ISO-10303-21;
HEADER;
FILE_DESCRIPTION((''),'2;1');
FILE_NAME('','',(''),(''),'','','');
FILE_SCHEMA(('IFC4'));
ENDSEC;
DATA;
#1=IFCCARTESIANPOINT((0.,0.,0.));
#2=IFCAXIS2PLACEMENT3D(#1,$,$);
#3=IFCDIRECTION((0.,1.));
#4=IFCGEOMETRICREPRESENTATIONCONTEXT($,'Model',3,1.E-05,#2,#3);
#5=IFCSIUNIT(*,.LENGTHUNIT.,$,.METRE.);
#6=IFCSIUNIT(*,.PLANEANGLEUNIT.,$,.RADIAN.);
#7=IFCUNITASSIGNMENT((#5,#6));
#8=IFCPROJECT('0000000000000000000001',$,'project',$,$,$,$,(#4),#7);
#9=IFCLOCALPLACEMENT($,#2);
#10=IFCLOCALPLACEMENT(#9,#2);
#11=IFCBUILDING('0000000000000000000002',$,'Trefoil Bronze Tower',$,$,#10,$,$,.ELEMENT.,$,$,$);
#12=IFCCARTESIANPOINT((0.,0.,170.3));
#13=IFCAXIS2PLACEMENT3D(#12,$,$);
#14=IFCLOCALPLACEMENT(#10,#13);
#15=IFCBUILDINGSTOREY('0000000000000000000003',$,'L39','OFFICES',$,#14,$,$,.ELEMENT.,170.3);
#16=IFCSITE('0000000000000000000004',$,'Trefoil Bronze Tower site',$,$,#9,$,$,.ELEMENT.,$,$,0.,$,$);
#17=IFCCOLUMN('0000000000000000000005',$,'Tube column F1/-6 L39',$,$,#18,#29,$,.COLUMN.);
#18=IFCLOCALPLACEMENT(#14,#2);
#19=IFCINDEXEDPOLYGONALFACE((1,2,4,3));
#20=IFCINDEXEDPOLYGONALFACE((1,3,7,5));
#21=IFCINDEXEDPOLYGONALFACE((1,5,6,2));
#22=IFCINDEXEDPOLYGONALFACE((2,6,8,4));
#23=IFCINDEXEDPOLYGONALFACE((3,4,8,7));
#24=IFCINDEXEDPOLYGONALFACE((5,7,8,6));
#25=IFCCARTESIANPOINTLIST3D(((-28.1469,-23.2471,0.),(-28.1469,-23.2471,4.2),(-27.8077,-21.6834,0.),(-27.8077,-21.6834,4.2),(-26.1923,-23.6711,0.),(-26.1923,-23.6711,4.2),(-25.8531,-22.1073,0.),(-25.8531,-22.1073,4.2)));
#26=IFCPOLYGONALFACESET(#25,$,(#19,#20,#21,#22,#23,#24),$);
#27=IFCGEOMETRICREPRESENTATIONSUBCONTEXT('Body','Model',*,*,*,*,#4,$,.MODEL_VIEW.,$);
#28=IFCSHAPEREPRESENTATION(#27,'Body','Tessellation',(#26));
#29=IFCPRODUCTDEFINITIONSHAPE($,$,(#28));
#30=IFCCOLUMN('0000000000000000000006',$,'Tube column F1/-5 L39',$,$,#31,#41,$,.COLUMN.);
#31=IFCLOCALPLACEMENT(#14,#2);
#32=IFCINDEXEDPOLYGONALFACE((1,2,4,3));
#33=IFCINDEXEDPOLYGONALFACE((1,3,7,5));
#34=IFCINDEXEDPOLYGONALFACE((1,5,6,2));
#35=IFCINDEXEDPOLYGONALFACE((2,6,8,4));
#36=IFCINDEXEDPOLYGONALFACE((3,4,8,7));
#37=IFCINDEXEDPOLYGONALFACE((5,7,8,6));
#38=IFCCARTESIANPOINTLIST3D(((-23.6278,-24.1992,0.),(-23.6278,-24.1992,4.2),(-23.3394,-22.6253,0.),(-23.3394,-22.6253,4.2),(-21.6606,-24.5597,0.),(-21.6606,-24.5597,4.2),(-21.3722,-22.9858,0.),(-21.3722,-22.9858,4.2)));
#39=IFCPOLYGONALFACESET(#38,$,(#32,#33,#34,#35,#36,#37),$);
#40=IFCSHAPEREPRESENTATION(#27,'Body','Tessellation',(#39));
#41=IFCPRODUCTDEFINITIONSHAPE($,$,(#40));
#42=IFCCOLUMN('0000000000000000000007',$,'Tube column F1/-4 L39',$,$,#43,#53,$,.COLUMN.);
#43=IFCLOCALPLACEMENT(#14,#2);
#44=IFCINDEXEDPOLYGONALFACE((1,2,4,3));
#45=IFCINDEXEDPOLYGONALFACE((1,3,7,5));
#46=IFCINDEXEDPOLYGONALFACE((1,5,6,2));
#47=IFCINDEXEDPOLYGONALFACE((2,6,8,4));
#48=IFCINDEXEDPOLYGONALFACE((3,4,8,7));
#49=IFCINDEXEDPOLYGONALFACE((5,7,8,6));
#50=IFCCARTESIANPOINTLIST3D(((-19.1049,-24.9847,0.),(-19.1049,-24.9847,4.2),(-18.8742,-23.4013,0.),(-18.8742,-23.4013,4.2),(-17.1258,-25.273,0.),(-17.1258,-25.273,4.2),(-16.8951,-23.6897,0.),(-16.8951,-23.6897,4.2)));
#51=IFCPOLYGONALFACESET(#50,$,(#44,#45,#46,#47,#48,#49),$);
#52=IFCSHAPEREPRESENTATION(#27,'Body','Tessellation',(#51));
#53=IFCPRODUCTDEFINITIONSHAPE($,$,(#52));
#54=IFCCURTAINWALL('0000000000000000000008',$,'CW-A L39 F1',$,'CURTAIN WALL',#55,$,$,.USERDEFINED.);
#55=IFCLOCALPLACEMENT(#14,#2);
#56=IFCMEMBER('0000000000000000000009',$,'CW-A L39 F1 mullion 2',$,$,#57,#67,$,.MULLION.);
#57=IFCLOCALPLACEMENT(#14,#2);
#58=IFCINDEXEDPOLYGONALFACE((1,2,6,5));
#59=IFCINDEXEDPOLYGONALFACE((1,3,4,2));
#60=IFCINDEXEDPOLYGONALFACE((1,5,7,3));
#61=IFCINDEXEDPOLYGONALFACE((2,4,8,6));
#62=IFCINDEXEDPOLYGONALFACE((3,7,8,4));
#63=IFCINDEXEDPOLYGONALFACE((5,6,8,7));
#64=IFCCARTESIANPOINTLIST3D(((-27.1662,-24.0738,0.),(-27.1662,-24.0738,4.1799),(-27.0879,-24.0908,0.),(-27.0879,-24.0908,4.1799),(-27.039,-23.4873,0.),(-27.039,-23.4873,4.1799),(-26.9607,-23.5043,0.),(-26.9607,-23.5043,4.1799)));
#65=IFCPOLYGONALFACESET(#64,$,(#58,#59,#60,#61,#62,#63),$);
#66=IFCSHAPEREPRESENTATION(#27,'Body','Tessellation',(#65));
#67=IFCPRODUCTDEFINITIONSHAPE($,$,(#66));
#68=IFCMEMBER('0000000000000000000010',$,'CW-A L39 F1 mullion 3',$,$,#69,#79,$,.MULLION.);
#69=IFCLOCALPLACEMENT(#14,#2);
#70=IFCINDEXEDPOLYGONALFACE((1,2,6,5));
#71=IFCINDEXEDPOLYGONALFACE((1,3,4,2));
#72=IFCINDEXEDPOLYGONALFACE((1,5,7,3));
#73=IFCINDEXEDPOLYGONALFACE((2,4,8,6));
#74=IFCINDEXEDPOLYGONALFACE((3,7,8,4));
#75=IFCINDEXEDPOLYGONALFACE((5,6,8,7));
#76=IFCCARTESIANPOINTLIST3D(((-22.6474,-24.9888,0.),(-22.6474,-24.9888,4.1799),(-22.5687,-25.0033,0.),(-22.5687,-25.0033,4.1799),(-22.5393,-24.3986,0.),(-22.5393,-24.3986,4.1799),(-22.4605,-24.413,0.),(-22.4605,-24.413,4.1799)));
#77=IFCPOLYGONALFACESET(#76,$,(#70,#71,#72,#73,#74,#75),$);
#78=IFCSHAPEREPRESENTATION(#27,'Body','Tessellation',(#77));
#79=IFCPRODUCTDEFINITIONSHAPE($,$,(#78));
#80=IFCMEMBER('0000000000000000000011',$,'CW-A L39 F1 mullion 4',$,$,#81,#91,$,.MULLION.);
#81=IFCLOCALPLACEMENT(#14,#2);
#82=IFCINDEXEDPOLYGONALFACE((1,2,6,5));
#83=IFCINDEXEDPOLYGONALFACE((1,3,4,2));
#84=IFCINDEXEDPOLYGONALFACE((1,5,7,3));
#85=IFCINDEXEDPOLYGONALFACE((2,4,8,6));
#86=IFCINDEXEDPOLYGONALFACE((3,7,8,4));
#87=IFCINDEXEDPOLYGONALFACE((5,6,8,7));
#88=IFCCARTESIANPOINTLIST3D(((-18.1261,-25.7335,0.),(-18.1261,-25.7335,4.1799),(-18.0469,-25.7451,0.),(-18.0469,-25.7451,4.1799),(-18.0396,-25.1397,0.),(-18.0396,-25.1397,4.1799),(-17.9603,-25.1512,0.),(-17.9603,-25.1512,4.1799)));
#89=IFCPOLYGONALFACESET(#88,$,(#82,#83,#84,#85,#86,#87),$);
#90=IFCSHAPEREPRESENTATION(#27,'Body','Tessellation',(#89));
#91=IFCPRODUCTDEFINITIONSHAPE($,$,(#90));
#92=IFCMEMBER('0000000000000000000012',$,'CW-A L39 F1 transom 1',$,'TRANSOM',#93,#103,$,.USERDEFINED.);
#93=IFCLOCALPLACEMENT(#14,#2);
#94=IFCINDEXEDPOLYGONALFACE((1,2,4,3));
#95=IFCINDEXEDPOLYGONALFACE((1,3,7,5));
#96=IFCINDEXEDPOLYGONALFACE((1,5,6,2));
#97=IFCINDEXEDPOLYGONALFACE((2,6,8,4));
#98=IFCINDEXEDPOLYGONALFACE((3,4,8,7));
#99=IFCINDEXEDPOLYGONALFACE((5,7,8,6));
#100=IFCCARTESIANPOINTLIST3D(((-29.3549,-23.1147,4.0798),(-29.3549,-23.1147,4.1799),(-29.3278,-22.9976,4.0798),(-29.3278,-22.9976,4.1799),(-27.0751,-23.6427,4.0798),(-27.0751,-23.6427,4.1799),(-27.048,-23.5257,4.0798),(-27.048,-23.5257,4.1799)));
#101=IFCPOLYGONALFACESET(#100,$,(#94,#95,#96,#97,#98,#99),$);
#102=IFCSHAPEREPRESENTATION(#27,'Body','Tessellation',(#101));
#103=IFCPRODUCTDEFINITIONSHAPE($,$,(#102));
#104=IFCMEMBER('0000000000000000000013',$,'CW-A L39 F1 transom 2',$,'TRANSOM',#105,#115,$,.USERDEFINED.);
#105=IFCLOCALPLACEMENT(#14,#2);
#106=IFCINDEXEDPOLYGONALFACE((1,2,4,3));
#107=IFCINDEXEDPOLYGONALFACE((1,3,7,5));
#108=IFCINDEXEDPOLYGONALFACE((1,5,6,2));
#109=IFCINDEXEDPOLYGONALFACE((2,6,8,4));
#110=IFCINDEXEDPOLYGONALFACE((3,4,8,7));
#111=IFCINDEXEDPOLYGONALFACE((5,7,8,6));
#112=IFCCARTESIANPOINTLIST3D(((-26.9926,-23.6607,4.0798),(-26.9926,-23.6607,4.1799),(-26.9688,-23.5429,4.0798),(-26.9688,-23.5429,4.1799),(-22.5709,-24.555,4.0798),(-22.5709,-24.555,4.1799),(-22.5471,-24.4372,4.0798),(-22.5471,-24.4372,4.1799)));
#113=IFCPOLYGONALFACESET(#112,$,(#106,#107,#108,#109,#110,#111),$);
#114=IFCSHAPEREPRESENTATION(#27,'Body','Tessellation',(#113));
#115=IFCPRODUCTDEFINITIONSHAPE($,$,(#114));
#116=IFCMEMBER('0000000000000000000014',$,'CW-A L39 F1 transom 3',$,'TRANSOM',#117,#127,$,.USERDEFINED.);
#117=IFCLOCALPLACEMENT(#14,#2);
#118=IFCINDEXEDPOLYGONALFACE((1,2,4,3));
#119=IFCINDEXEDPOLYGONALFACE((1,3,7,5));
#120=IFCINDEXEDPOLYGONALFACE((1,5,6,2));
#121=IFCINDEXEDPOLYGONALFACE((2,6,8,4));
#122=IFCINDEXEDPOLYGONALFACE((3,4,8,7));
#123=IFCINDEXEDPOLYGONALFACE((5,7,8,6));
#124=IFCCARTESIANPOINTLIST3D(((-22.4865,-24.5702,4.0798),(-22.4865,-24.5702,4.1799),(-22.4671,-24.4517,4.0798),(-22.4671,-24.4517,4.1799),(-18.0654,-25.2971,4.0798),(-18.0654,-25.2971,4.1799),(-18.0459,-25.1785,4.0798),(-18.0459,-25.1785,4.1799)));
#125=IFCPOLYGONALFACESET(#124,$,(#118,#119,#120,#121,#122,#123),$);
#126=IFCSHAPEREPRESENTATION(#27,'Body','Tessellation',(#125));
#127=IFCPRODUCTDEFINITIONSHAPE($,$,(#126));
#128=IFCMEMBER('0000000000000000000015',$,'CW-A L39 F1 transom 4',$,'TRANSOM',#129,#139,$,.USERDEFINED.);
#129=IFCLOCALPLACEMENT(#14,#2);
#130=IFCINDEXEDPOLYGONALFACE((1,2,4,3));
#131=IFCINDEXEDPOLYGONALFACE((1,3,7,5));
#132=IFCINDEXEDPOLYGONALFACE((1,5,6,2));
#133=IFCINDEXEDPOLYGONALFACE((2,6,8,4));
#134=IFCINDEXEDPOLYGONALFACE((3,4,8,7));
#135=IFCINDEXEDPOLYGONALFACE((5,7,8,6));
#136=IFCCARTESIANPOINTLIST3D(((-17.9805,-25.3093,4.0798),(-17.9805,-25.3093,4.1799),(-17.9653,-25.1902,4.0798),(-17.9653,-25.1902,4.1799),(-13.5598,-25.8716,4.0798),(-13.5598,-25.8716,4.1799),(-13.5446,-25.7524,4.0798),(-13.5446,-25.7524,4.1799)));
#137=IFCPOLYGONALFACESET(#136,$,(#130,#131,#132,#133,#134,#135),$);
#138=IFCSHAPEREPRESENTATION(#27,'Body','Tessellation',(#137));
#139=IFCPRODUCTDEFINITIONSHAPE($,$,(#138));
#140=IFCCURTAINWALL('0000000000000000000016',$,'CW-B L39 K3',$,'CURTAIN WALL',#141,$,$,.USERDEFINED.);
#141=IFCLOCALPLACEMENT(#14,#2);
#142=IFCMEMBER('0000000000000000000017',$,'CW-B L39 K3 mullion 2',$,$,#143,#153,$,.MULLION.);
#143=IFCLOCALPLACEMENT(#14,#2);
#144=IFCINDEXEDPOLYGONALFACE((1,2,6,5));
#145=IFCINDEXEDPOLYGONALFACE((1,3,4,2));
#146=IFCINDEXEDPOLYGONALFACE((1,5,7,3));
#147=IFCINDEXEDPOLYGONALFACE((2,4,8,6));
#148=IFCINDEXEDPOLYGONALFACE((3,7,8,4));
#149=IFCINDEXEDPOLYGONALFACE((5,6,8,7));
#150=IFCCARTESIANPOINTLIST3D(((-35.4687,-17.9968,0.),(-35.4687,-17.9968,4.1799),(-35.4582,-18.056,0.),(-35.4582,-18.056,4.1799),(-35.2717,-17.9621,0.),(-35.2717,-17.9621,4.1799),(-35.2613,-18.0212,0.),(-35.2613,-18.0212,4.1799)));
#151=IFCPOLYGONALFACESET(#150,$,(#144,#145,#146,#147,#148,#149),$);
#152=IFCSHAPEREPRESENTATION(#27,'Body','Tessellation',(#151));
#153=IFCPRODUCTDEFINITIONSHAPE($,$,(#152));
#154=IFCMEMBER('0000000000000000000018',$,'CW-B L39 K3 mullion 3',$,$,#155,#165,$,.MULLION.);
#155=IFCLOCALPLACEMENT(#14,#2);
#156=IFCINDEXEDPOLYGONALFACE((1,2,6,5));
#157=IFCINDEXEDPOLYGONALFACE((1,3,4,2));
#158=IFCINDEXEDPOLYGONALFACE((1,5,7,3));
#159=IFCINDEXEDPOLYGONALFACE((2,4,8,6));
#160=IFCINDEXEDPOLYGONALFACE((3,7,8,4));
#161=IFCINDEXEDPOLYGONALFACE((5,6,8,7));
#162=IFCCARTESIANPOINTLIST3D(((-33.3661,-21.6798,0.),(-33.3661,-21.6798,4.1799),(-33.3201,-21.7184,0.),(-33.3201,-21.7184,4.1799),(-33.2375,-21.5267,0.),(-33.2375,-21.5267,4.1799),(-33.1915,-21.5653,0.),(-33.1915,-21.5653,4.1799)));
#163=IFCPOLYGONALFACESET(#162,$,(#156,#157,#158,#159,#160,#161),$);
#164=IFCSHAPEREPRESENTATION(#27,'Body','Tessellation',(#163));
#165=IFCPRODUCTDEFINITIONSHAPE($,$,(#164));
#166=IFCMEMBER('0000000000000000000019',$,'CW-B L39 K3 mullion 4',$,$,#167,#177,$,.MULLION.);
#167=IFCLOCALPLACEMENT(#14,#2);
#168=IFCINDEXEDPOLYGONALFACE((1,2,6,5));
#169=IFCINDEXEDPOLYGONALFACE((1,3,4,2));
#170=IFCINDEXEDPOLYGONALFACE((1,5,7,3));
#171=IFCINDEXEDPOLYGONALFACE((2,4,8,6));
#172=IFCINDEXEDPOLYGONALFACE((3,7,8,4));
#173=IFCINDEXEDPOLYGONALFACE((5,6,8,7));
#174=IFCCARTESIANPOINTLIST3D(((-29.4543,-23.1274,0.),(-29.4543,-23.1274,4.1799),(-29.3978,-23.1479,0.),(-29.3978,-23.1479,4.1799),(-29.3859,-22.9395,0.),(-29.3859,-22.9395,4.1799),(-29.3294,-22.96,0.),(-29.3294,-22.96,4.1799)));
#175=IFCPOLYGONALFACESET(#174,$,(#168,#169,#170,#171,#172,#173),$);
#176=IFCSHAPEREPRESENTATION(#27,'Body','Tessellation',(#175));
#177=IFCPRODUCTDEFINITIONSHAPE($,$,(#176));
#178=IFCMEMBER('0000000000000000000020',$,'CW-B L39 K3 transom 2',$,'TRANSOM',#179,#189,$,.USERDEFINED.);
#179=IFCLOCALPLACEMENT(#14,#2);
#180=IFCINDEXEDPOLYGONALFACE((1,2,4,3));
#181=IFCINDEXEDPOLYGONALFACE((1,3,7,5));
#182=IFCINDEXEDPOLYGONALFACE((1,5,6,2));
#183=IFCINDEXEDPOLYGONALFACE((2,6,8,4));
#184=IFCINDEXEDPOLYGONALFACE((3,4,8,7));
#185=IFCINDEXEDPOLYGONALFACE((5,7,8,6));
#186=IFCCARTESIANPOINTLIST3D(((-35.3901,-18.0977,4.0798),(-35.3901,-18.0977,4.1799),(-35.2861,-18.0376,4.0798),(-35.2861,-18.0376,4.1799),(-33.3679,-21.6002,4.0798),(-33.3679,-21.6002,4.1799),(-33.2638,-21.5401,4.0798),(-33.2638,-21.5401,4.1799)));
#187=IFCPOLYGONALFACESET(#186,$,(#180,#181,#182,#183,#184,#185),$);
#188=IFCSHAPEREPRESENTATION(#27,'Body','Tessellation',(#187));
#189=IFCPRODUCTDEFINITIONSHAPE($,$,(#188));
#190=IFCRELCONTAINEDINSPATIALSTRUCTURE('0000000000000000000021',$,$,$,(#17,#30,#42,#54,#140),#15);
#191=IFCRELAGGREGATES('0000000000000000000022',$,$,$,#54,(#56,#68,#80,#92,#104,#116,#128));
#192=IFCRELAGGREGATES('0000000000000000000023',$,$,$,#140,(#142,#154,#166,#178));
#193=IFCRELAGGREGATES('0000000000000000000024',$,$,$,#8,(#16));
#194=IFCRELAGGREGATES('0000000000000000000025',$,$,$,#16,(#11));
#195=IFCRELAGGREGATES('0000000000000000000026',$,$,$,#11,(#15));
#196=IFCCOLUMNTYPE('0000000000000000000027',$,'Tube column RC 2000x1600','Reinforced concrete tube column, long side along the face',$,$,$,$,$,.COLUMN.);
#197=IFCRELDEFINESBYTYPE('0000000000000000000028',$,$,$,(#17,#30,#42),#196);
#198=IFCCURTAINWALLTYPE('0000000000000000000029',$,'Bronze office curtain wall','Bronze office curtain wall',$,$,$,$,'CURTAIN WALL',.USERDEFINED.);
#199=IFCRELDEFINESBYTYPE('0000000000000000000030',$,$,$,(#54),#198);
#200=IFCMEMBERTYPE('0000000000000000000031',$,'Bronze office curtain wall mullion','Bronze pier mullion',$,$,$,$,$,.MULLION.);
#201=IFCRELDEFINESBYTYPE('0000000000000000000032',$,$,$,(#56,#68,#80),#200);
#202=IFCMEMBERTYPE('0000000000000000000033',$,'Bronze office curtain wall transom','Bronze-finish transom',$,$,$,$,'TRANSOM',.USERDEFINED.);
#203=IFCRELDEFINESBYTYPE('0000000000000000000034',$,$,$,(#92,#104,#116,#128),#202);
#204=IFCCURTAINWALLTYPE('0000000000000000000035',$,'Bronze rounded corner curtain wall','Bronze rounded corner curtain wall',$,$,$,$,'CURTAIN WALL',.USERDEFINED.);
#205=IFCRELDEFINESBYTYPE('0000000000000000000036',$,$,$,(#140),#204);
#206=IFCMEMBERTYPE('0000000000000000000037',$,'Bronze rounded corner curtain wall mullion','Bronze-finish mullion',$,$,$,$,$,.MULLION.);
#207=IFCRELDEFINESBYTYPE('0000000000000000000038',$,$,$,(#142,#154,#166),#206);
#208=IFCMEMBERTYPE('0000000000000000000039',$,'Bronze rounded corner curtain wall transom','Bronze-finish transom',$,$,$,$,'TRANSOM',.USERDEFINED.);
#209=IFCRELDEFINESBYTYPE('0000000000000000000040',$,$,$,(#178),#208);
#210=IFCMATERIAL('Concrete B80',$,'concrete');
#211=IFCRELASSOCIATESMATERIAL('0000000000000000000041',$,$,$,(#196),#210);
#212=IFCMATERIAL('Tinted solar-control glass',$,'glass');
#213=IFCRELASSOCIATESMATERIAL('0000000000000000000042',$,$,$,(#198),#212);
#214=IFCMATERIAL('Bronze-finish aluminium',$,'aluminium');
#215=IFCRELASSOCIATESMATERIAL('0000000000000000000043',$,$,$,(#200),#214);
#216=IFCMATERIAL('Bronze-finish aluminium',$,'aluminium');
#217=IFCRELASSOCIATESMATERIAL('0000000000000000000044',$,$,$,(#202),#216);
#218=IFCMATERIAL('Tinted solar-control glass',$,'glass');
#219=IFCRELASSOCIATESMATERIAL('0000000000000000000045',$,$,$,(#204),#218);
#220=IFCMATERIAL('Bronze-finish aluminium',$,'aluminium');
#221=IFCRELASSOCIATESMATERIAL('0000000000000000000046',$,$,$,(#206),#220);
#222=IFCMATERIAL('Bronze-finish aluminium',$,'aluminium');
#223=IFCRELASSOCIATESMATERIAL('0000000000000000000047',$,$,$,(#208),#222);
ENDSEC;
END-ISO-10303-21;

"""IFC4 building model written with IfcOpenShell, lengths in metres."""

from ifc_helpers import new_model, si_unit, direction, frame, origin, origin_2d, place, context, subcontext, project, spatial, rectangle, extrude, material, material_profile, profile_set, type_object, element, aggregate, save


model = new_model("IFC4")

# Units and contexts
model_context = context("Model", 3, precision=1e-05, world=origin(), true_north=direction((0.0, 1.0)))
body_context = subcontext(model_context, "Body", "Model", "MODEL_VIEW")
ifc_project = project(units=[si_unit("LENGTHUNIT", "METRE"), si_unit("PLANEANGLEUNIT", "RADIAN")], contexts=[model_context])

# Site, building, storey
site_placement = place(None, origin())
site = spatial("IfcSite", under=ifc_project, at=site_placement, Name="Trefoil Bronze Tower site", CompositionType="ELEMENT", RefElevation=0.0)
building_placement = place(site_placement, origin())
building = spatial("IfcBuilding", under=site, at=building_placement, Name="Trefoil Bronze Tower", CompositionType="ELEMENT")
storey_placement = place(building_placement, frame((0.0, 0.0, 170.3)))
storey = spatial("IfcBuildingStorey", under=building, at=storey_placement, Name="L39", Description="OFFICES", CompositionType="ELEMENT", Elevation=170.3)

# Columns
ifc_material_1 = material(Name="Concrete B80", Category="concrete")
ifc_material_profile_1 = material_profile(ifc_material_1, rectangle(XDim=2.0, YDim=1.6001, at=origin_2d()), Name="RC 2000x1600")
ifc_profile_set_1 = profile_set([ifc_material_profile_1], Name="Concrete B80")
column_type = type_object("IfcColumnType", Name="Tube column RC 2000x1600", Description="Reinforced concrete tube column, long side along the face", PredefinedType="COLUMN", material=ifc_profile_set_1)
for number, where, z_axis, x_axis, name in (
    (1, (-27.0, -22.6772, 0.0), (0.0, 0.0, 1.0), (0.977276, -0.21197, 0.0), "Tube column F1/-6 L39"),
    (2, (-22.5, -23.5925, 0.0), (0.0, 0.0, 1.0), (0.983623, -0.180241, 0.0), "Tube column F1/-5 L39"),
    (3, (-18.0, -24.3372, 0.0), (0.0, 0.0, 1.0), (0.98955, -0.144192, 0.0), "Tube column F1/-4 L39"),
):
    element("IfcColumn", number, at=place(storey_placement, frame(where, z_axis=z_axis, x_axis=x_axis)), inside=storey, type_object=column_type, Name=name, PredefinedType="COLUMN", context=body_context, shape_type="SweptSolid", body=[
        extrude(rectangle(XDim=2.0, YDim=1.6001, at=origin_2d()), origin(), (0.0, 0.0, 1.0), 4.2),
    ])

# Curtain walls, members
ifc_material_2 = material(Name="Tinted solar-control glass", Category="glass")
curtain_wall_type_1 = type_object("IfcCurtainWallType", Name="Bronze office curtain wall", Description="Bronze office curtain wall", ElementType="CURTAIN WALL", PredefinedType="USERDEFINED", material=ifc_material_2)
curtain_wall_1_placement = place(storey_placement, origin())
curtain_wall_1 = element("IfcCurtainWall", 4, at=curtain_wall_1_placement, inside=storey, type_object=curtain_wall_type_1, Name="CW-A L39 F1", ObjectType="CURTAIN WALL", PredefinedType="USERDEFINED")
ifc_material_3 = material(Name="Bronze-finish aluminium", Category="aluminium")
ifc_material_profile_2 = material_profile(ifc_material_3, rectangle(XDim=0.6001, YDim=0.0801, at=origin_2d()), Name="CW-A mullion")
ifc_profile_set_2 = profile_set([ifc_material_profile_2], Name="Bronze-finish aluminium")
member_type_1 = type_object("IfcMemberType", Name="Bronze office curtain wall mullion", Description="Bronze pier mullion", PredefinedType="MULLION", material=ifc_profile_set_2)
member_1_placement = place(storey_placement, frame((-27.0635, -23.7891, 0.0), z_axis=(0.0, 0.0, 1.0), x_axis=(0.21197, 0.977276, 0.0)))
member_1 = element("IfcMember", 5, at=member_1_placement, type_object=member_type_1, Name="CW-A L39 F1 mullion 2", PredefinedType="MULLION", context=body_context, shape_type="SweptSolid", body=[
    extrude(rectangle(XDim=0.6001, YDim=0.0801, at=origin_2d()), origin(), (0.0, 0.0, 1.0), 4.1799),
])
member_2_placement = place(storey_placement, frame((-22.554, -24.7009, 0.0), z_axis=(0.0, 0.0, 1.0), x_axis=(0.180241, 0.983623, 0.0)))
member_2 = element("IfcMember", 6, at=member_2_placement, type_object=member_type_1, Name="CW-A L39 F1 mullion 3", PredefinedType="MULLION", context=body_context, shape_type="SweptSolid", body=[
    extrude(rectangle(XDim=0.6001, YDim=0.0801, at=origin_2d()), origin(), (0.0, 0.0, 1.0), 4.1799),
])
member_3_placement = place(storey_placement, frame((-18.0432, -25.4424, 0.0), z_axis=(0.0, 0.0, 1.0), x_axis=(0.144192, 0.98955, 0.0)))
member_3 = element("IfcMember", 7, at=member_3_placement, type_object=member_type_1, Name="CW-A L39 F1 mullion 4", PredefinedType="MULLION", context=body_context, shape_type="SweptSolid", body=[
    extrude(rectangle(XDim=0.6001, YDim=0.0801, at=origin_2d()), origin(), (0.0, 0.0, 1.0), 4.1799),
])
ifc_material_4 = material(Name="Bronze-finish aluminium", Category="aluminium")
ifc_material_profile_3 = material_profile(ifc_material_4, rectangle(XDim=0.1201, YDim=0.1001, at=origin_2d()), Name="CW-A transom")
ifc_profile_set_3 = profile_set([ifc_material_profile_3], Name="Bronze-finish aluminium")
member_type_2 = type_object("IfcMemberType", Name="Bronze office curtain wall transom", Description="Bronze-finish transom", ElementType="TRANSOM", PredefinedType="USERDEFINED", material=ifc_profile_set_3)
member_4_placement = place(storey_placement, frame((-29.3413, -23.0562, 4.1299), z_axis=(0.974206, -0.225659, 0.0), x_axis=(0.225659, 0.974206, 0.0)))
member_4 = element("IfcMember", 8, at=member_4_placement, type_object=member_type_2, Name="CW-A L39 F1 transom 1", ObjectType="TRANSOM", PredefinedType="USERDEFINED", context=body_context, shape_type="SweptSolid", body=[
    extrude(rectangle(XDim=0.1201, YDim=0.1001, at=origin_2d()), origin(), (0.0, 0.0, 1.0), 2.3401),
])
member_5_placement = place(storey_placement, frame((-26.9807, -23.6018, 4.1299), z_axis=(0.980154, -0.198239, 0.0), x_axis=(0.198239, 0.980154, 0.0)))
member_5 = element("IfcMember", 9, at=member_5_placement, type_object=member_type_2, Name="CW-A L39 F1 transom 2", ObjectType="TRANSOM", PredefinedType="USERDEFINED", context=body_context, shape_type="SweptSolid", body=[
    extrude(rectangle(XDim=0.1201, YDim=0.1001, at=origin_2d()), origin(), (0.0, 0.0, 1.0), 4.5112),
])
member_6_placement = place(storey_placement, frame((-22.4768, -24.511, 4.1299), z_axis=(0.986755, -0.162216, 0.0), x_axis=(0.162216, 0.986755, 0.0)))
member_6 = element("IfcMember", 10, at=member_6_placement, type_object=member_type_2, Name="CW-A L39 F1 transom 3", ObjectType="TRANSOM", PredefinedType="USERDEFINED", context=body_context, shape_type="SweptSolid", body=[
    extrude(rectangle(XDim=0.1201, YDim=0.1001, at=origin_2d()), origin(), (0.0, 0.0, 1.0), 4.4805),
])
member_7_placement = place(storey_placement, frame((-17.9729, -25.2498, 4.1299), z_axis=(0.992008, -0.126172, 0.0), x_axis=(0.126172, 0.992008, 0.0)))
member_7 = element("IfcMember", 11, at=member_7_placement, type_object=member_type_2, Name="CW-A L39 F1 transom 4", ObjectType="TRANSOM", PredefinedType="USERDEFINED", context=body_context, shape_type="SweptSolid", body=[
    extrude(rectangle(XDim=0.1201, YDim=0.1001, at=origin_2d()), origin(), (0.0, 0.0, 1.0), 4.4563),
])
ifc_material_5 = material(Name="Tinted solar-control glass", Category="glass")
curtain_wall_type_2 = type_object("IfcCurtainWallType", Name="Bronze rounded corner curtain wall", Description="Bronze rounded corner curtain wall", ElementType="CURTAIN WALL", PredefinedType="USERDEFINED", material=ifc_material_5)
curtain_wall_2_placement = place(storey_placement, origin())
curtain_wall_2 = element("IfcCurtainWall", 12, at=curtain_wall_2_placement, inside=storey, type_object=curtain_wall_type_2, Name="CW-B L39 K3", ObjectType="CURTAIN WALL", PredefinedType="USERDEFINED")
ifc_material_6 = material(Name="Bronze-finish aluminium", Category="aluminium")
ifc_material_profile_4 = material_profile(ifc_material_6, rectangle(XDim=0.2, YDim=0.0601, at=origin_2d()), Name="CW-B mullion")
ifc_profile_set_4 = profile_set([ifc_material_profile_4], Name="Bronze-finish aluminium")
member_type_3 = type_object("IfcMemberType", Name="Bronze rounded corner curtain wall mullion", Description="Bronze-finish mullion", PredefinedType="MULLION", material=ifc_profile_set_4)
member_8_placement = place(storey_placement, frame((-35.365, -18.009, 0.0), z_axis=(0.0, 0.0, 1.0), x_axis=(0.984808, 0.173648, 0.0)))
member_8 = element("IfcMember", 13, at=member_8_placement, type_object=member_type_3, Name="CW-B L39 K3 mullion 2", PredefinedType="MULLION", context=body_context, shape_type="SweptSolid", body=[
    extrude(rectangle(XDim=0.2, YDim=0.0601, at=origin_2d()), origin(), (0.0, 0.0, 1.0), 4.1799),
])
member_9_placement = place(storey_placement, frame((-33.2788, -21.6226, 0.0), z_axis=(0.0, 0.0, 1.0), x_axis=(0.642788, 0.766044, 0.0)))
member_9 = element("IfcMember", 14, at=member_9_placement, type_object=member_type_3, Name="CW-B L39 K3 mullion 3", PredefinedType="MULLION", context=body_context, shape_type="SweptSolid", body=[
    extrude(rectangle(XDim=0.2, YDim=0.0601, at=origin_2d()), origin(), (0.0, 0.0, 1.0), 4.1799),
])
member_10_placement = place(storey_placement, frame((-29.3918, -23.0437, 0.0), z_axis=(0.0, 0.0, 1.0), x_axis=(0.34202, 0.939693, 0.0)))
member_10 = element("IfcMember", 15, at=member_10_placement, type_object=member_type_3, Name="CW-B L39 K3 mullion 4", PredefinedType="MULLION", context=body_context, shape_type="SweptSolid", body=[
    extrude(rectangle(XDim=0.2, YDim=0.0601, at=origin_2d()), origin(), (0.0, 0.0, 1.0), 4.1799),
])
ifc_material_7 = material(Name="Bronze-finish aluminium", Category="aluminium")
ifc_material_profile_5 = material_profile(ifc_material_7, rectangle(XDim=0.1201, YDim=0.1001, at=origin_2d()), Name="CW-B transom")
ifc_profile_set_5 = profile_set([ifc_material_profile_5], Name="Bronze-finish aluminium")
member_type_4 = type_object("IfcMemberType", Name="Bronze rounded corner curtain wall transom", Description="Bronze-finish transom", ElementType="TRANSOM", PredefinedType="USERDEFINED", material=ifc_profile_set_5)
member_11_placement = place(storey_placement, frame((-35.3381, -18.0676, 4.1299), z_axis=(0.500015, -0.866017, 0.0), x_axis=(0.866017, 0.500015, 0.0)))
member_11 = element("IfcMember", 16, at=member_11_placement, type_object=member_type_4, Name="CW-B L39 K3 transom 2", ObjectType="TRANSOM", PredefinedType="USERDEFINED", context=body_context, shape_type="SweptSolid", body=[
    extrude(rectangle(XDim=0.1201, YDim=0.1001, at=origin_2d()), origin(), (0.0, 0.0, 1.0), 4.0444),
])

aggregate(curtain_wall_1, [member_1, member_2, member_3, member_4, member_5, member_6, member_7])
aggregate(curtain_wall_2, [member_8, member_9, member_10, member_11])

save(model, "model.ifc")
